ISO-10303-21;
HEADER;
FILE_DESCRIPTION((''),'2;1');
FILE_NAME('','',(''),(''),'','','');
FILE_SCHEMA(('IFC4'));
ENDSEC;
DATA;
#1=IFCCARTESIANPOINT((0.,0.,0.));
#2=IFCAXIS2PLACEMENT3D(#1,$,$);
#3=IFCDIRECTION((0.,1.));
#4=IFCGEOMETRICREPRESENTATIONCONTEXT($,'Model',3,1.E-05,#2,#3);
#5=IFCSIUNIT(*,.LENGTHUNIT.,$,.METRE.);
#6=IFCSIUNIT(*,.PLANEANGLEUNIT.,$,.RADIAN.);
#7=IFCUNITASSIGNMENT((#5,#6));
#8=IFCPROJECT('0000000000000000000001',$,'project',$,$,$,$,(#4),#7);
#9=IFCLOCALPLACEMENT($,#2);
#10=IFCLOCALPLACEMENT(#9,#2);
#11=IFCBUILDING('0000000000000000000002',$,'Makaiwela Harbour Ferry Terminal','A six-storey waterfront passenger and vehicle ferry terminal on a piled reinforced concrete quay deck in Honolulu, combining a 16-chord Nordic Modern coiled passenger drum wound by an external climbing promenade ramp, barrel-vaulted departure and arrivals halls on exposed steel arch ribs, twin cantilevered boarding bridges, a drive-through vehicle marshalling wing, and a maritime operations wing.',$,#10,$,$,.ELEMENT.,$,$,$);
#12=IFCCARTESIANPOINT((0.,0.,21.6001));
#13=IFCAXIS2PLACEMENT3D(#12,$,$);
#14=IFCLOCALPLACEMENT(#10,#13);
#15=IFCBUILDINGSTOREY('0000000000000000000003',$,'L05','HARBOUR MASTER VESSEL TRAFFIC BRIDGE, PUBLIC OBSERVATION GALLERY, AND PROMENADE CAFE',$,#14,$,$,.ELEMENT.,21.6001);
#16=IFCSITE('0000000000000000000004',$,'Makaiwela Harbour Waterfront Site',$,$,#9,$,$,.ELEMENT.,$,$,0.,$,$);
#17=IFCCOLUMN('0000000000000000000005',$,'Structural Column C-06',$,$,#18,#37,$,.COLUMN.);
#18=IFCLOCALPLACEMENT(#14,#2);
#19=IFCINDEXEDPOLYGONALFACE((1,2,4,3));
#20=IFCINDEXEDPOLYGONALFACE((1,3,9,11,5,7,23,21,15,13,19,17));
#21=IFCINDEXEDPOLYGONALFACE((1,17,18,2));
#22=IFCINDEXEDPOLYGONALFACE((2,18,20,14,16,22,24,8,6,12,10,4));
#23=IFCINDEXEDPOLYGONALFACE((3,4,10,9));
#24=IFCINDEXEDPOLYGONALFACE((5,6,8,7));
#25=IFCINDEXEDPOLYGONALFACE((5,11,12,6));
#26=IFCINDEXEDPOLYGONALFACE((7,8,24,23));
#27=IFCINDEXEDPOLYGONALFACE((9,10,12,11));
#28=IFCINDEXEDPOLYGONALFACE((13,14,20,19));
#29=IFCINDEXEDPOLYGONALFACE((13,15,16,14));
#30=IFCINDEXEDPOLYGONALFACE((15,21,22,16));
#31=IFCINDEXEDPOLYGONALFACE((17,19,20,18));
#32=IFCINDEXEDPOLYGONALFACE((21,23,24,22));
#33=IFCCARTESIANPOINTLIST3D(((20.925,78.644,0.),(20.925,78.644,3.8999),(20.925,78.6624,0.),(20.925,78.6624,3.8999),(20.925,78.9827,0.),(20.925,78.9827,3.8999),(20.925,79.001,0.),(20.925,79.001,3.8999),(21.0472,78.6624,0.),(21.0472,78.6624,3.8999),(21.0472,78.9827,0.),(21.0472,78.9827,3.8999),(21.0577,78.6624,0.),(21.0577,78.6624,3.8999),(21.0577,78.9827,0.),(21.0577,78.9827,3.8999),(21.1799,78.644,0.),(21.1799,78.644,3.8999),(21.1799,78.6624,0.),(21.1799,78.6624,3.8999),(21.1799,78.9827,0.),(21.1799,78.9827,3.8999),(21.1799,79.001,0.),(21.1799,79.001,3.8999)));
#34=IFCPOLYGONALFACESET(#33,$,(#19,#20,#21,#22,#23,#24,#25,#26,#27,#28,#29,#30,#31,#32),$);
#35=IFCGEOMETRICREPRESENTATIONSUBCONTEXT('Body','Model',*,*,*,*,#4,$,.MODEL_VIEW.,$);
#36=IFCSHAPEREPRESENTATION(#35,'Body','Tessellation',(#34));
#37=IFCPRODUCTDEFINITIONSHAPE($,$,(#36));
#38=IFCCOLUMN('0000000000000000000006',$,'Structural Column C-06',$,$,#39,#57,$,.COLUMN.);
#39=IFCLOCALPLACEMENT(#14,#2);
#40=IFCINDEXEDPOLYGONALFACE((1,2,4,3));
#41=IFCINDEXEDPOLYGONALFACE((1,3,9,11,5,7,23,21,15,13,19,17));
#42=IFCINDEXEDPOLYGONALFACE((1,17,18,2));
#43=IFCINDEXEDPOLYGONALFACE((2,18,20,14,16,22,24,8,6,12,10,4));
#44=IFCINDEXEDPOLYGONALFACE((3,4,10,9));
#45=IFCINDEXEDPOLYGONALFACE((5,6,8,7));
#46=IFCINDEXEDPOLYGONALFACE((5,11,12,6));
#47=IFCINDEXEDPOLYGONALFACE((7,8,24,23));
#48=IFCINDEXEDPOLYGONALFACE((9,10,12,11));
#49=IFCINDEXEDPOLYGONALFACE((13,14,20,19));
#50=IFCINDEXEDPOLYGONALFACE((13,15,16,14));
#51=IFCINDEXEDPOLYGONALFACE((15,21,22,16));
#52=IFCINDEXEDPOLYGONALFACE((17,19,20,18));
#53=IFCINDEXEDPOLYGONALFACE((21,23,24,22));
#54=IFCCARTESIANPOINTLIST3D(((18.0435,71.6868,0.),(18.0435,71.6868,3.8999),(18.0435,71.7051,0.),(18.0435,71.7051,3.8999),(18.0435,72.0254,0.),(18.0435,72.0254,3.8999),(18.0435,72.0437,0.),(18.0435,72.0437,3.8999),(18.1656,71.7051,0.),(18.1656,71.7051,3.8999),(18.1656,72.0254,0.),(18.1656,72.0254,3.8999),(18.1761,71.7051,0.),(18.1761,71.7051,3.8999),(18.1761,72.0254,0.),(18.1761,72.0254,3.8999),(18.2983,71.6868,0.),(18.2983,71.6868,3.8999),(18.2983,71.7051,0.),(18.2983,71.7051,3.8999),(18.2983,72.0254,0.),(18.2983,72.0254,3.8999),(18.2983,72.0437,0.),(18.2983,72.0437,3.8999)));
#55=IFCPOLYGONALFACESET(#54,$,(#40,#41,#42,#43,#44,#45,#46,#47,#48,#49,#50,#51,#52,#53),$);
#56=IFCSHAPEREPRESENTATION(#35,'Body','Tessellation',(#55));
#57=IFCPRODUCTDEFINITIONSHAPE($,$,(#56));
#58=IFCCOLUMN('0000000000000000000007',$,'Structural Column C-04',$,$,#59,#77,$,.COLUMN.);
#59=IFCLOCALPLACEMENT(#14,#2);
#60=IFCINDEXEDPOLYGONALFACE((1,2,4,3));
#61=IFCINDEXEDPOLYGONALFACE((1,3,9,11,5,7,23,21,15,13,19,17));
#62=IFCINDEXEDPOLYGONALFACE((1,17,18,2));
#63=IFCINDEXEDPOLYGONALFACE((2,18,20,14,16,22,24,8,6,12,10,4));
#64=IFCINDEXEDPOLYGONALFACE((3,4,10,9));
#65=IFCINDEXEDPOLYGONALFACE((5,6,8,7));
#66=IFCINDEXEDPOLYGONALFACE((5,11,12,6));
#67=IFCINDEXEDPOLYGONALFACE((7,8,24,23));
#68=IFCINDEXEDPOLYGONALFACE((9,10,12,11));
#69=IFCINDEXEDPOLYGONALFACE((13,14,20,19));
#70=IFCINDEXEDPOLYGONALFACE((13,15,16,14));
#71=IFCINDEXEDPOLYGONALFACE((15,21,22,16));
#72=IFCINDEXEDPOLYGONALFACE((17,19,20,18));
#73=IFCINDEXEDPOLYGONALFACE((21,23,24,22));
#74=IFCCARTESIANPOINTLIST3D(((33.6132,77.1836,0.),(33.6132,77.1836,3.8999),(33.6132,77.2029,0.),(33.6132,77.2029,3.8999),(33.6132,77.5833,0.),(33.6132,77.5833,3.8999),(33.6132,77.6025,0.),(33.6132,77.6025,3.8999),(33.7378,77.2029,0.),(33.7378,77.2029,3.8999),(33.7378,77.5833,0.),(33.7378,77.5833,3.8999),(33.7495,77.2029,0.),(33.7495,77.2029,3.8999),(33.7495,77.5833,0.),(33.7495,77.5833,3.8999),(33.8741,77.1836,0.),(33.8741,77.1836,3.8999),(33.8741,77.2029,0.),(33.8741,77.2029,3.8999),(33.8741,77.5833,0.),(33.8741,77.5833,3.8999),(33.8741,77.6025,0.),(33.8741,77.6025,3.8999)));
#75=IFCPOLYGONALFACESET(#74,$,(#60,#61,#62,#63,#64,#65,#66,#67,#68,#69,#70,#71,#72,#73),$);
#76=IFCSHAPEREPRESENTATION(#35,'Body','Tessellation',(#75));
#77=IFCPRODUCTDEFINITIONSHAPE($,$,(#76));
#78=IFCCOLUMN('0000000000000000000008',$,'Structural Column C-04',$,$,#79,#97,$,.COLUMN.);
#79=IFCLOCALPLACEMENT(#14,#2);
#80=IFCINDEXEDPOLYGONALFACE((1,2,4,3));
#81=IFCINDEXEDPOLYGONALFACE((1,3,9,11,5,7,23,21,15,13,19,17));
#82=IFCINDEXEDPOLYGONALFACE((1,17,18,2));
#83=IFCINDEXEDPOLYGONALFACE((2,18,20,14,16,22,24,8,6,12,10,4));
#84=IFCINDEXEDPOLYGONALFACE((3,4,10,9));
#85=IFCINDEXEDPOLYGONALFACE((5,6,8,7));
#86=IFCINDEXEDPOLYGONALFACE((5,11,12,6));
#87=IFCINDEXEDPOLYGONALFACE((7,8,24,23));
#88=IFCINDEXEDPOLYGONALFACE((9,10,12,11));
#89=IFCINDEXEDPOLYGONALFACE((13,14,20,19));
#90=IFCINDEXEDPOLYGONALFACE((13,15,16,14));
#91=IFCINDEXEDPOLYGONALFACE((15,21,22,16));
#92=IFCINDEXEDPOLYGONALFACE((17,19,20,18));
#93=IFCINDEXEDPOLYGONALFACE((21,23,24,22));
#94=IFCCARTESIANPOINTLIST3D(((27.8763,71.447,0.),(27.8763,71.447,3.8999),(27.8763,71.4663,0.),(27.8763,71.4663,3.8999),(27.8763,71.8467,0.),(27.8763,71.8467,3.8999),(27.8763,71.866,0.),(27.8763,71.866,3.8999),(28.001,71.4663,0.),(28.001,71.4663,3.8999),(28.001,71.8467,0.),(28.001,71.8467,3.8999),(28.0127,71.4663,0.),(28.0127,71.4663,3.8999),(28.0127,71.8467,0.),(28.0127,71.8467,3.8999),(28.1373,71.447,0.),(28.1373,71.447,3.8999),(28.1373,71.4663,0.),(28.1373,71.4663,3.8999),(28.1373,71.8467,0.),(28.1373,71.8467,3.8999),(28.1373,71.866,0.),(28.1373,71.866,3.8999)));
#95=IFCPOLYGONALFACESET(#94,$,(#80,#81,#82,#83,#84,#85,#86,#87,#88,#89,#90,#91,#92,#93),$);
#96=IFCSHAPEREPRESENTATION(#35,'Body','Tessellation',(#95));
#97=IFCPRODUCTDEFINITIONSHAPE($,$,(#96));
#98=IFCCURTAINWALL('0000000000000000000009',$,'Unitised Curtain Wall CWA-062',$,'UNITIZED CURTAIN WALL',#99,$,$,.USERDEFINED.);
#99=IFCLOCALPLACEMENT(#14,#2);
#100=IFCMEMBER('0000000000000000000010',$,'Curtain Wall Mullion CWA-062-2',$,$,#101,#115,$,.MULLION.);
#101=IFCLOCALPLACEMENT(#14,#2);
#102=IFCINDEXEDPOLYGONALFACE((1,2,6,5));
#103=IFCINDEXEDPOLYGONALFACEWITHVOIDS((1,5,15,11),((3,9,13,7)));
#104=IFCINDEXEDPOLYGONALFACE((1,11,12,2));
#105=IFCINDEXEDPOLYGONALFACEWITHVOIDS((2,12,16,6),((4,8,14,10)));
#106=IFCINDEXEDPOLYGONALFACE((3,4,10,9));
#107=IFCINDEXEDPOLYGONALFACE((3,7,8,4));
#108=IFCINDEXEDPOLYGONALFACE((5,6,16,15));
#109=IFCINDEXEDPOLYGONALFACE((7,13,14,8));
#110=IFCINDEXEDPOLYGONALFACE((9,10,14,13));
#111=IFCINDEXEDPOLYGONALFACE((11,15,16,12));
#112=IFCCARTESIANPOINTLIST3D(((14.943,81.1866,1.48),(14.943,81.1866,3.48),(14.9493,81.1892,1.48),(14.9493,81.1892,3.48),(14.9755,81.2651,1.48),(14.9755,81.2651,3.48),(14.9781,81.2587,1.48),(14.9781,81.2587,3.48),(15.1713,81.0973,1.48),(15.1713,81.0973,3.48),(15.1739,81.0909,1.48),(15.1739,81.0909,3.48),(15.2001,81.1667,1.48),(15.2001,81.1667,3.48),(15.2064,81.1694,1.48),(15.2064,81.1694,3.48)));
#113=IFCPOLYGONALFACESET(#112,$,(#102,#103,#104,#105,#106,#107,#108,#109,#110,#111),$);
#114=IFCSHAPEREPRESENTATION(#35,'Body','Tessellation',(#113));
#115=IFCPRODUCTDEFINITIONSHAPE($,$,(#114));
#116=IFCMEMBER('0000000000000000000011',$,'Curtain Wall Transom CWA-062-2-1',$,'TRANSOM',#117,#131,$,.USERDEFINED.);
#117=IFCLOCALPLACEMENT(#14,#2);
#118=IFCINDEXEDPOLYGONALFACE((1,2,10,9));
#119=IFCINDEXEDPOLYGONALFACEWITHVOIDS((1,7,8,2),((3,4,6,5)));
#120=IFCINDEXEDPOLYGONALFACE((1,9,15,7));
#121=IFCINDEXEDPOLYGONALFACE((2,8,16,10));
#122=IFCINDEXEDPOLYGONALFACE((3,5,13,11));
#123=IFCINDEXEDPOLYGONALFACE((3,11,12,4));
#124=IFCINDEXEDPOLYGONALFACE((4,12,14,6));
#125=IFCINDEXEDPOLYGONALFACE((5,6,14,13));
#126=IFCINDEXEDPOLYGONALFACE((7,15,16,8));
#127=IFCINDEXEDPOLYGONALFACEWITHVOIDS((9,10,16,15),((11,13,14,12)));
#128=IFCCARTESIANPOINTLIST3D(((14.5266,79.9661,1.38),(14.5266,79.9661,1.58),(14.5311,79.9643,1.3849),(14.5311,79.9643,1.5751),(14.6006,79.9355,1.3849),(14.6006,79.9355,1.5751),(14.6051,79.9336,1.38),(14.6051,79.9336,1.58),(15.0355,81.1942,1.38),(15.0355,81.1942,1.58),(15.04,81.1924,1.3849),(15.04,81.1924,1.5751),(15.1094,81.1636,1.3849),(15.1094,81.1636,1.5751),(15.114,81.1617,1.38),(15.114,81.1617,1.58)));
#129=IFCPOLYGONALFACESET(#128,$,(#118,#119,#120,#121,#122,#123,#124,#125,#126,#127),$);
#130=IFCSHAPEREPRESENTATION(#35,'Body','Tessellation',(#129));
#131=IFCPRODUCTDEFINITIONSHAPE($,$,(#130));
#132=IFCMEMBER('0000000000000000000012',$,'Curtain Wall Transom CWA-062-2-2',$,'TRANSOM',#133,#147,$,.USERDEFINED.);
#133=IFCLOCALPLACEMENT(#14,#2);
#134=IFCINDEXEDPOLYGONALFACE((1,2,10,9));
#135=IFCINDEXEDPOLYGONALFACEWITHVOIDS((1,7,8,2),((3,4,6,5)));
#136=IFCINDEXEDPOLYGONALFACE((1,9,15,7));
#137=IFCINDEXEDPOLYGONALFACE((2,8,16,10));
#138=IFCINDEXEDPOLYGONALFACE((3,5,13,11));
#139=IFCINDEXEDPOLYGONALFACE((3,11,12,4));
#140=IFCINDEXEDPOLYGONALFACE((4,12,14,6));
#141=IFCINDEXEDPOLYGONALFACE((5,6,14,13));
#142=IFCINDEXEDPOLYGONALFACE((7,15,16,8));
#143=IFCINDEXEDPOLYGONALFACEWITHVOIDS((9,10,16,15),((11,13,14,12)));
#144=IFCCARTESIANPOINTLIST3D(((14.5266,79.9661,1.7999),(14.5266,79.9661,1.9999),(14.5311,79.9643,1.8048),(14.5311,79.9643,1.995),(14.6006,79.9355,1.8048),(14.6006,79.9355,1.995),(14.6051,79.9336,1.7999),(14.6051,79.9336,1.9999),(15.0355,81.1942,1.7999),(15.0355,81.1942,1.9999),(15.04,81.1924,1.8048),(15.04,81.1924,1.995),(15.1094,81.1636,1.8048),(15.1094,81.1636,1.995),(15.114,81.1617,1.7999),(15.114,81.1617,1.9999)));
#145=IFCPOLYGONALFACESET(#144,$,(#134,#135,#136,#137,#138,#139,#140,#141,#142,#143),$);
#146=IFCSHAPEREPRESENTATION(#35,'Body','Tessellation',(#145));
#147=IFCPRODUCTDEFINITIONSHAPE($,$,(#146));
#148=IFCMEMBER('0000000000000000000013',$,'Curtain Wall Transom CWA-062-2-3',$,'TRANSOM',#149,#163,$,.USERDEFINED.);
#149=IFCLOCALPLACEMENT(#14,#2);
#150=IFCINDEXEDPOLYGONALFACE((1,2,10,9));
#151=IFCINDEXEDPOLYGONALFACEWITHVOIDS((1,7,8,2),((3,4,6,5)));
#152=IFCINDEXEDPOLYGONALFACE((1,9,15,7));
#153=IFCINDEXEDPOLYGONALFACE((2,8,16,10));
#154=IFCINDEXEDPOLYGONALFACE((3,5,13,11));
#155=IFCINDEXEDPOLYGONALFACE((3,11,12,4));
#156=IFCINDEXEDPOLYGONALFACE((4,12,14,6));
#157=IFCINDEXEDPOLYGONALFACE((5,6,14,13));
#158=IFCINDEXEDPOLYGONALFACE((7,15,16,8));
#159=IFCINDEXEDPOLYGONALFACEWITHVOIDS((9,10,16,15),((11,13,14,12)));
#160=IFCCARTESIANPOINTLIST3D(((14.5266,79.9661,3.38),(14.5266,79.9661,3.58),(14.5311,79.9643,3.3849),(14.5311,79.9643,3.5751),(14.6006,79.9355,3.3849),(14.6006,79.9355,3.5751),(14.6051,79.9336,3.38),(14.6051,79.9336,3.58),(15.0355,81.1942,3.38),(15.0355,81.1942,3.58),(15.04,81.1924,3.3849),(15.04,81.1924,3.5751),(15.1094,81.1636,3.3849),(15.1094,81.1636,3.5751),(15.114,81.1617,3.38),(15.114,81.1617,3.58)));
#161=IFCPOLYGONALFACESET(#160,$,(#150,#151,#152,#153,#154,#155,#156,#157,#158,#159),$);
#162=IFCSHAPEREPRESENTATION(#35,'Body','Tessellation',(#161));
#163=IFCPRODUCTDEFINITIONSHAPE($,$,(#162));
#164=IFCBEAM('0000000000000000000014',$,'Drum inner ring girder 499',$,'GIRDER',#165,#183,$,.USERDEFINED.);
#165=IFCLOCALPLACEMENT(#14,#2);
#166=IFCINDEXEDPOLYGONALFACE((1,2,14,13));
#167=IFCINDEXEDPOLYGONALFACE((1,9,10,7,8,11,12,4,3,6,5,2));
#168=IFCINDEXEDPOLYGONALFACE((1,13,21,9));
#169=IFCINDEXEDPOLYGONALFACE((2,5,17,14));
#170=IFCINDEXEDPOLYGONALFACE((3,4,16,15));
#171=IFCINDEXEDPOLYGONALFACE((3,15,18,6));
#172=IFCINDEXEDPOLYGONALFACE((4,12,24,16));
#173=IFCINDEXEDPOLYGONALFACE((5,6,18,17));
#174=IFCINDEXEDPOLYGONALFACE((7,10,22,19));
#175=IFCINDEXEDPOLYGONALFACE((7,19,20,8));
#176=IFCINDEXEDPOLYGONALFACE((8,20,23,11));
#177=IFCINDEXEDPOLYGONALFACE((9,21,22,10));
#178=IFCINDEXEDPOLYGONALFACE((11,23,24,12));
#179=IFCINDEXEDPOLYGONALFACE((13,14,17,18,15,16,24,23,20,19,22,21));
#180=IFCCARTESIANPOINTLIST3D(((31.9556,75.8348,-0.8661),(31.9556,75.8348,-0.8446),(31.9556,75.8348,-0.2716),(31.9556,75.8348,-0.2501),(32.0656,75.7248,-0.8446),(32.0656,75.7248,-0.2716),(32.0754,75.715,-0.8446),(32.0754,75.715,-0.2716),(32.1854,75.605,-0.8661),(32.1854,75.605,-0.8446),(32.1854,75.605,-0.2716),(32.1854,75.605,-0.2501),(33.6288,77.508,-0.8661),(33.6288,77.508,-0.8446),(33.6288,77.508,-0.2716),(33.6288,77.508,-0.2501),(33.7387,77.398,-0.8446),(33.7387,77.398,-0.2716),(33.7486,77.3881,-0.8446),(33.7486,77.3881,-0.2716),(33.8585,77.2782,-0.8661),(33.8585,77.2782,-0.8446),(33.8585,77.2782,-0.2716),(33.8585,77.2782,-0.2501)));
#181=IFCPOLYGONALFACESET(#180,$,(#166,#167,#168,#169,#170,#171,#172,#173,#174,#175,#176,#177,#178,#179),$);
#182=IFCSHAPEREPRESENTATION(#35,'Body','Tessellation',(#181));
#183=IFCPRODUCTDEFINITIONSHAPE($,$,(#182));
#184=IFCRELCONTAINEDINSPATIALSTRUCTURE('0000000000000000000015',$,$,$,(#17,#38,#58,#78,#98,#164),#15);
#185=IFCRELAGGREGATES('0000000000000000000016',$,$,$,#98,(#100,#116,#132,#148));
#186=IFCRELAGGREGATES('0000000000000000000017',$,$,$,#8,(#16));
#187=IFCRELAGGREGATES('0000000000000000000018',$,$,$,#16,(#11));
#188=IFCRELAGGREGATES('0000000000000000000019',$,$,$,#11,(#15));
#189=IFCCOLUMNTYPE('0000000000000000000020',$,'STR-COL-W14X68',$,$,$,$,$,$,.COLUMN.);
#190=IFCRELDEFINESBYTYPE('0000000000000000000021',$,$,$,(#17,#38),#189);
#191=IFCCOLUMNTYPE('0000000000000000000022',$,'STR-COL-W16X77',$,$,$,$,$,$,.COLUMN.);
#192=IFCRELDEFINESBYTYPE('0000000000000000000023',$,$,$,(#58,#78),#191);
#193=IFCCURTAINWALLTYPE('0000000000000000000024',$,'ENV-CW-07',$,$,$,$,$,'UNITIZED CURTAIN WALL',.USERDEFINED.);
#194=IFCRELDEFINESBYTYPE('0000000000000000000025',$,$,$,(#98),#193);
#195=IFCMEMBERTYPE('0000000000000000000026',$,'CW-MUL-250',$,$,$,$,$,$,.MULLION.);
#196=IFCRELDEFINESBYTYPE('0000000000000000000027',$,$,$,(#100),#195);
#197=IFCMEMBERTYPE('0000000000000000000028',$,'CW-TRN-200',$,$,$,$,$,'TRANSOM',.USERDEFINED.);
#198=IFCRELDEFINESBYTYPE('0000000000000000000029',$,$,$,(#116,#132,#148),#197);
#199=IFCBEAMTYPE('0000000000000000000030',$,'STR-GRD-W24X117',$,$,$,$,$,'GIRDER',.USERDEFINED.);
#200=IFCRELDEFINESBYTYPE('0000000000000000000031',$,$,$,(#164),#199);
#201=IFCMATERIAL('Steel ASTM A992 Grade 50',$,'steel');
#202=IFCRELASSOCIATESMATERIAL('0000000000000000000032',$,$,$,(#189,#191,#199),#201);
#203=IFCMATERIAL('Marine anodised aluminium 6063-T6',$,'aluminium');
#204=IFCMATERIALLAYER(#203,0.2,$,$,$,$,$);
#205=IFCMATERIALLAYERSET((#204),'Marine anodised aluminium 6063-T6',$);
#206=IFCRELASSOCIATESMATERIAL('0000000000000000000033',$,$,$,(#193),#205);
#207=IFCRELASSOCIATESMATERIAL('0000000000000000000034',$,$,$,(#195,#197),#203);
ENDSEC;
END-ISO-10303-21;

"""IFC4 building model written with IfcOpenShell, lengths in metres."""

from ifc_helpers import new_model, si_unit, direction, frame, origin, origin_2d, place, context, subcontext, project, spatial, hollow_rectangle, i_section, extrude, material, layer, layer_set, material_profile, profile_set, type_object, element, aggregate, save


model = new_model("IFC4")

# Units and contexts
model_context = context("Model", 3, precision=1e-05, world=origin(), true_north=direction((0.0, 1.0)))
body_context = subcontext(model_context, "Body", "Model", "MODEL_VIEW")
ifc_project = project(units=[si_unit("LENGTHUNIT", "METRE"), si_unit("PLANEANGLEUNIT", "RADIAN")], contexts=[model_context])

# Site, building, storey
site_placement = place(None, origin())
site = spatial("IfcSite", under=ifc_project, at=site_placement, Name="Makaiwela Harbour Waterfront Site", CompositionType="ELEMENT", RefElevation=0.0)
building_placement = place(site_placement, origin())
building = spatial("IfcBuilding", under=site, at=building_placement, Name="Makaiwela Harbour Ferry Terminal", Description="A six-storey waterfront passenger and vehicle ferry terminal on a piled reinforced concrete quay deck in Honolulu, combining a 16-chord Nordic Modern coiled passenger drum wound by an external climbing promenade ramp, barrel-vaulted departure and arrivals halls on exposed steel arch ribs, twin cantilevered boarding bridges, a drive-through vehicle marshalling wing, and a maritime operations wing.", CompositionType="ELEMENT")
storey_placement = place(building_placement, frame((0.0, 0.0, 21.6001)))
storey = spatial("IfcBuildingStorey", under=building, at=storey_placement, Name="L05", Description="HARBOUR MASTER VESSEL TRAFFIC BRIDGE, PUBLIC OBSERVATION GALLERY, AND PROMENADE CAFE", CompositionType="ELEMENT", Elevation=21.6001)

# Columns
ifc_material_1 = material(Name="Steel ASTM A992 Grade 50", Category="steel")
ifc_material_profile_1 = material_profile(ifc_material_1, i_section(OverallWidth=0.2549, OverallDepth=0.3569, WebThickness=0.0105, FlangeThickness=0.0183, at=origin_2d()), Name="W14X68")
ifc_profile_set_1 = profile_set([ifc_material_profile_1], Name="Steel ASTM A992 Grade 50")
column_type_1 = type_object("IfcColumnType", Name="STR-COL-W14X68", PredefinedType="COLUMN", material=ifc_profile_set_1)
for number, where, z_axis, x_axis, name in (
    (1, (21.0525, 78.8225, 0.0), (0.0, 0.0, 1.0), (1.0, 0.0, 0.0), "Structural Column C-06"),
    (2, (18.1709, 71.8652, 0.0), (0.0, 0.0, 1.0), (1.0, 0.0, 0.0), "Structural Column C-06"),
):
    element("IfcColumn", number, at=place(storey_placement, frame(where, z_axis=z_axis, x_axis=x_axis)), inside=storey, type_object=column_type_1, Name=name, PredefinedType="COLUMN", context=body_context, shape_type="SweptSolid", body=[
        extrude(i_section(OverallWidth=0.2549, OverallDepth=0.3569, WebThickness=0.0105, FlangeThickness=0.0183, at=origin_2d()), origin(), (0.0, 0.0, 1.0), 3.8999),
    ])
ifc_material_profile_2 = material_profile(ifc_material_1, i_section(OverallWidth=0.261, OverallDepth=0.4189, WebThickness=0.0117, FlangeThickness=0.0193, at=origin_2d()), Name="W16X77")
ifc_profile_set_2 = profile_set([ifc_material_profile_2], Name="Steel ASTM A992 Grade 50")
column_type_2 = type_object("IfcColumnType", Name="STR-COL-W16X77", PredefinedType="COLUMN", material=ifc_profile_set_2)
for number, where, z_axis, x_axis, name in (
    (3, (33.7437, 77.3931, 0.0), (0.0, 0.0, 1.0), (1.0, 0.0, 0.0), "Structural Column C-04"),
    (4, (28.0068, 71.6565, 0.0), (0.0, 0.0, 1.0), (1.0, 0.0, 0.0), "Structural Column C-04"),
):
    element("IfcColumn", number, at=place(storey_placement, frame(where, z_axis=z_axis, x_axis=x_axis)), inside=storey, type_object=column_type_2, Name=name, PredefinedType="COLUMN", context=body_context, shape_type="SweptSolid", body=[
        extrude(i_section(OverallWidth=0.261, OverallDepth=0.4189, WebThickness=0.0117, FlangeThickness=0.0193, at=origin_2d()), origin(), (0.0, 0.0, 1.0), 3.8999),
    ])

# Curtain wall, members
ifc_material_2 = material(Name="Marine anodised aluminium 6063-T6", Category="aluminium")
ifc_layer_1 = layer(ifc_material_2, 0.2)
ifc_layer_set_1 = layer_set([ifc_layer_1], Name="Marine anodised aluminium 6063-T6")
curtain_wall_type = type_object("IfcCurtainWallType", Name="ENV-CW-07", ElementType="UNITIZED CURTAIN WALL", PredefinedType="USERDEFINED", material=ifc_layer_set_1)
curtain_wall_placement = place(storey_placement, origin())
curtain_wall = element("IfcCurtainWall", 5, at=curtain_wall_placement, inside=storey, type_object=curtain_wall_type, Name="Unitised Curtain Wall CWA-062", ObjectType="UNITIZED CURTAIN WALL", PredefinedType="USERDEFINED")
ifc_material_profile_3 = material_profile(ifc_material_2, hollow_rectangle(XDim=0.085, YDim=0.25, WallThickness=0.0049, at=origin_2d()), Name="CWM-250X85")
ifc_profile_set_3 = profile_set([ifc_material_profile_3], Name="Marine anodised aluminium 6063-T6")
member_type_1 = type_object("IfcMemberType", Name="CW-MUL-250", PredefinedType="MULLION", material=ifc_profile_set_3)
member_1_placement = place(storey_placement, frame((15.0747, 81.178, 1.48), z_axis=(0.0, 0.0, 1.0), x_axis=(0.382683, 0.92388, 0.0)))
member_1 = element("IfcMember", 6, at=member_1_placement, type_object=member_type_1, Name="Curtain Wall Mullion CWA-062-2", PredefinedType="MULLION", context=body_context, shape_type="SweptSolid", body=[
    extrude(hollow_rectangle(XDim=0.085, YDim=0.25, WallThickness=0.0049, at=origin_2d()), origin(), (0.0, 0.0, 1.0), 2.0),
])
ifc_material_profile_4 = material_profile(ifc_material_2, hollow_rectangle(XDim=0.085, YDim=0.2, WallThickness=0.0049, at=origin_2d()), Name="CWT-200X85")
ifc_profile_set_4 = profile_set([ifc_material_profile_4], Name="Marine anodised aluminium 6063-T6")
member_type_2 = type_object("IfcMemberType", Name="CW-TRN-200", ElementType="TRANSOM", PredefinedType="USERDEFINED", material=ifc_profile_set_4)
member_2_placement = place(storey_placement, frame((15.0747, 81.178, 1.48), z_axis=(-0.382763, -0.923847, 0.0), x_axis=(0.923847, -0.382763, 0.0)))
member_2 = element("IfcMember", 7, at=member_2_placement, type_object=member_type_2, Name="Curtain Wall Transom CWA-062-2-1", ObjectType="TRANSOM", PredefinedType="USERDEFINED", context=body_context, shape_type="SweptSolid", body=[
    extrude(hollow_rectangle(XDim=0.085, YDim=0.2, WallThickness=0.0049, at=origin_2d()), origin(), (0.0, 0.0, 1.0), 1.3293),
])
member_3_placement = place(storey_placement, frame((15.0747, 81.178, 1.8999), z_axis=(-0.382763, -0.923847, 0.0), x_axis=(0.923847, -0.382763, 0.0)))
member_3 = element("IfcMember", 8, at=member_3_placement, type_object=member_type_2, Name="Curtain Wall Transom CWA-062-2-2", ObjectType="TRANSOM", PredefinedType="USERDEFINED", context=body_context, shape_type="SweptSolid", body=[
    extrude(hollow_rectangle(XDim=0.085, YDim=0.2, WallThickness=0.0049, at=origin_2d()), origin(), (0.0, 0.0, 1.0), 1.3293),
])
member_4_placement = place(storey_placement, frame((15.0747, 81.178, 3.48), z_axis=(-0.382763, -0.923847, 0.0), x_axis=(0.923847, -0.382763, 0.0)))
member_4 = element("IfcMember", 9, at=member_4_placement, type_object=member_type_2, Name="Curtain Wall Transom CWA-062-2-3", ObjectType="TRANSOM", PredefinedType="USERDEFINED", context=body_context, shape_type="SweptSolid", body=[
    extrude(hollow_rectangle(XDim=0.085, YDim=0.2, WallThickness=0.0049, at=origin_2d()), origin(), (0.0, 0.0, 1.0), 1.3293),
])

# Beam
ifc_material_profile_5 = material_profile(ifc_material_1, i_section(OverallWidth=0.325, OverallDepth=0.616, WebThickness=0.0139, FlangeThickness=0.0215, at=origin_2d()), Name="W24X117")
ifc_profile_set_5 = profile_set([ifc_material_profile_5], Name="Steel ASTM A992 Grade 50")
beam_type_1 = type_object("IfcBeamType", Name="STR-GRD-W24X117", ElementType="GIRDER", PredefinedType="USERDEFINED", material=ifc_profile_set_5)
beam_1_placement = place(storey_placement, frame((33.7437, 77.3931, -0.5581), z_axis=(-0.707107, -0.707107, 0.0), x_axis=(0.707107, -0.707107, 0.0)))
element("IfcBeam", 10, at=beam_1_placement, inside=storey, type_object=beam_type_1, Name="Drum inner ring girder 499", ObjectType="GIRDER", PredefinedType="USERDEFINED", context=body_context, shape_type="SweptSolid", body=[
    extrude(i_section(OverallWidth=0.325, OverallDepth=0.616, WebThickness=0.0139, FlangeThickness=0.0215, at=origin_2d()), origin(), (0.0, 0.0, 1.0), 2.3662),
])

aggregate(curtain_wall, [member_1, member_2, member_3, member_4])

save(model, "model.ifc")
